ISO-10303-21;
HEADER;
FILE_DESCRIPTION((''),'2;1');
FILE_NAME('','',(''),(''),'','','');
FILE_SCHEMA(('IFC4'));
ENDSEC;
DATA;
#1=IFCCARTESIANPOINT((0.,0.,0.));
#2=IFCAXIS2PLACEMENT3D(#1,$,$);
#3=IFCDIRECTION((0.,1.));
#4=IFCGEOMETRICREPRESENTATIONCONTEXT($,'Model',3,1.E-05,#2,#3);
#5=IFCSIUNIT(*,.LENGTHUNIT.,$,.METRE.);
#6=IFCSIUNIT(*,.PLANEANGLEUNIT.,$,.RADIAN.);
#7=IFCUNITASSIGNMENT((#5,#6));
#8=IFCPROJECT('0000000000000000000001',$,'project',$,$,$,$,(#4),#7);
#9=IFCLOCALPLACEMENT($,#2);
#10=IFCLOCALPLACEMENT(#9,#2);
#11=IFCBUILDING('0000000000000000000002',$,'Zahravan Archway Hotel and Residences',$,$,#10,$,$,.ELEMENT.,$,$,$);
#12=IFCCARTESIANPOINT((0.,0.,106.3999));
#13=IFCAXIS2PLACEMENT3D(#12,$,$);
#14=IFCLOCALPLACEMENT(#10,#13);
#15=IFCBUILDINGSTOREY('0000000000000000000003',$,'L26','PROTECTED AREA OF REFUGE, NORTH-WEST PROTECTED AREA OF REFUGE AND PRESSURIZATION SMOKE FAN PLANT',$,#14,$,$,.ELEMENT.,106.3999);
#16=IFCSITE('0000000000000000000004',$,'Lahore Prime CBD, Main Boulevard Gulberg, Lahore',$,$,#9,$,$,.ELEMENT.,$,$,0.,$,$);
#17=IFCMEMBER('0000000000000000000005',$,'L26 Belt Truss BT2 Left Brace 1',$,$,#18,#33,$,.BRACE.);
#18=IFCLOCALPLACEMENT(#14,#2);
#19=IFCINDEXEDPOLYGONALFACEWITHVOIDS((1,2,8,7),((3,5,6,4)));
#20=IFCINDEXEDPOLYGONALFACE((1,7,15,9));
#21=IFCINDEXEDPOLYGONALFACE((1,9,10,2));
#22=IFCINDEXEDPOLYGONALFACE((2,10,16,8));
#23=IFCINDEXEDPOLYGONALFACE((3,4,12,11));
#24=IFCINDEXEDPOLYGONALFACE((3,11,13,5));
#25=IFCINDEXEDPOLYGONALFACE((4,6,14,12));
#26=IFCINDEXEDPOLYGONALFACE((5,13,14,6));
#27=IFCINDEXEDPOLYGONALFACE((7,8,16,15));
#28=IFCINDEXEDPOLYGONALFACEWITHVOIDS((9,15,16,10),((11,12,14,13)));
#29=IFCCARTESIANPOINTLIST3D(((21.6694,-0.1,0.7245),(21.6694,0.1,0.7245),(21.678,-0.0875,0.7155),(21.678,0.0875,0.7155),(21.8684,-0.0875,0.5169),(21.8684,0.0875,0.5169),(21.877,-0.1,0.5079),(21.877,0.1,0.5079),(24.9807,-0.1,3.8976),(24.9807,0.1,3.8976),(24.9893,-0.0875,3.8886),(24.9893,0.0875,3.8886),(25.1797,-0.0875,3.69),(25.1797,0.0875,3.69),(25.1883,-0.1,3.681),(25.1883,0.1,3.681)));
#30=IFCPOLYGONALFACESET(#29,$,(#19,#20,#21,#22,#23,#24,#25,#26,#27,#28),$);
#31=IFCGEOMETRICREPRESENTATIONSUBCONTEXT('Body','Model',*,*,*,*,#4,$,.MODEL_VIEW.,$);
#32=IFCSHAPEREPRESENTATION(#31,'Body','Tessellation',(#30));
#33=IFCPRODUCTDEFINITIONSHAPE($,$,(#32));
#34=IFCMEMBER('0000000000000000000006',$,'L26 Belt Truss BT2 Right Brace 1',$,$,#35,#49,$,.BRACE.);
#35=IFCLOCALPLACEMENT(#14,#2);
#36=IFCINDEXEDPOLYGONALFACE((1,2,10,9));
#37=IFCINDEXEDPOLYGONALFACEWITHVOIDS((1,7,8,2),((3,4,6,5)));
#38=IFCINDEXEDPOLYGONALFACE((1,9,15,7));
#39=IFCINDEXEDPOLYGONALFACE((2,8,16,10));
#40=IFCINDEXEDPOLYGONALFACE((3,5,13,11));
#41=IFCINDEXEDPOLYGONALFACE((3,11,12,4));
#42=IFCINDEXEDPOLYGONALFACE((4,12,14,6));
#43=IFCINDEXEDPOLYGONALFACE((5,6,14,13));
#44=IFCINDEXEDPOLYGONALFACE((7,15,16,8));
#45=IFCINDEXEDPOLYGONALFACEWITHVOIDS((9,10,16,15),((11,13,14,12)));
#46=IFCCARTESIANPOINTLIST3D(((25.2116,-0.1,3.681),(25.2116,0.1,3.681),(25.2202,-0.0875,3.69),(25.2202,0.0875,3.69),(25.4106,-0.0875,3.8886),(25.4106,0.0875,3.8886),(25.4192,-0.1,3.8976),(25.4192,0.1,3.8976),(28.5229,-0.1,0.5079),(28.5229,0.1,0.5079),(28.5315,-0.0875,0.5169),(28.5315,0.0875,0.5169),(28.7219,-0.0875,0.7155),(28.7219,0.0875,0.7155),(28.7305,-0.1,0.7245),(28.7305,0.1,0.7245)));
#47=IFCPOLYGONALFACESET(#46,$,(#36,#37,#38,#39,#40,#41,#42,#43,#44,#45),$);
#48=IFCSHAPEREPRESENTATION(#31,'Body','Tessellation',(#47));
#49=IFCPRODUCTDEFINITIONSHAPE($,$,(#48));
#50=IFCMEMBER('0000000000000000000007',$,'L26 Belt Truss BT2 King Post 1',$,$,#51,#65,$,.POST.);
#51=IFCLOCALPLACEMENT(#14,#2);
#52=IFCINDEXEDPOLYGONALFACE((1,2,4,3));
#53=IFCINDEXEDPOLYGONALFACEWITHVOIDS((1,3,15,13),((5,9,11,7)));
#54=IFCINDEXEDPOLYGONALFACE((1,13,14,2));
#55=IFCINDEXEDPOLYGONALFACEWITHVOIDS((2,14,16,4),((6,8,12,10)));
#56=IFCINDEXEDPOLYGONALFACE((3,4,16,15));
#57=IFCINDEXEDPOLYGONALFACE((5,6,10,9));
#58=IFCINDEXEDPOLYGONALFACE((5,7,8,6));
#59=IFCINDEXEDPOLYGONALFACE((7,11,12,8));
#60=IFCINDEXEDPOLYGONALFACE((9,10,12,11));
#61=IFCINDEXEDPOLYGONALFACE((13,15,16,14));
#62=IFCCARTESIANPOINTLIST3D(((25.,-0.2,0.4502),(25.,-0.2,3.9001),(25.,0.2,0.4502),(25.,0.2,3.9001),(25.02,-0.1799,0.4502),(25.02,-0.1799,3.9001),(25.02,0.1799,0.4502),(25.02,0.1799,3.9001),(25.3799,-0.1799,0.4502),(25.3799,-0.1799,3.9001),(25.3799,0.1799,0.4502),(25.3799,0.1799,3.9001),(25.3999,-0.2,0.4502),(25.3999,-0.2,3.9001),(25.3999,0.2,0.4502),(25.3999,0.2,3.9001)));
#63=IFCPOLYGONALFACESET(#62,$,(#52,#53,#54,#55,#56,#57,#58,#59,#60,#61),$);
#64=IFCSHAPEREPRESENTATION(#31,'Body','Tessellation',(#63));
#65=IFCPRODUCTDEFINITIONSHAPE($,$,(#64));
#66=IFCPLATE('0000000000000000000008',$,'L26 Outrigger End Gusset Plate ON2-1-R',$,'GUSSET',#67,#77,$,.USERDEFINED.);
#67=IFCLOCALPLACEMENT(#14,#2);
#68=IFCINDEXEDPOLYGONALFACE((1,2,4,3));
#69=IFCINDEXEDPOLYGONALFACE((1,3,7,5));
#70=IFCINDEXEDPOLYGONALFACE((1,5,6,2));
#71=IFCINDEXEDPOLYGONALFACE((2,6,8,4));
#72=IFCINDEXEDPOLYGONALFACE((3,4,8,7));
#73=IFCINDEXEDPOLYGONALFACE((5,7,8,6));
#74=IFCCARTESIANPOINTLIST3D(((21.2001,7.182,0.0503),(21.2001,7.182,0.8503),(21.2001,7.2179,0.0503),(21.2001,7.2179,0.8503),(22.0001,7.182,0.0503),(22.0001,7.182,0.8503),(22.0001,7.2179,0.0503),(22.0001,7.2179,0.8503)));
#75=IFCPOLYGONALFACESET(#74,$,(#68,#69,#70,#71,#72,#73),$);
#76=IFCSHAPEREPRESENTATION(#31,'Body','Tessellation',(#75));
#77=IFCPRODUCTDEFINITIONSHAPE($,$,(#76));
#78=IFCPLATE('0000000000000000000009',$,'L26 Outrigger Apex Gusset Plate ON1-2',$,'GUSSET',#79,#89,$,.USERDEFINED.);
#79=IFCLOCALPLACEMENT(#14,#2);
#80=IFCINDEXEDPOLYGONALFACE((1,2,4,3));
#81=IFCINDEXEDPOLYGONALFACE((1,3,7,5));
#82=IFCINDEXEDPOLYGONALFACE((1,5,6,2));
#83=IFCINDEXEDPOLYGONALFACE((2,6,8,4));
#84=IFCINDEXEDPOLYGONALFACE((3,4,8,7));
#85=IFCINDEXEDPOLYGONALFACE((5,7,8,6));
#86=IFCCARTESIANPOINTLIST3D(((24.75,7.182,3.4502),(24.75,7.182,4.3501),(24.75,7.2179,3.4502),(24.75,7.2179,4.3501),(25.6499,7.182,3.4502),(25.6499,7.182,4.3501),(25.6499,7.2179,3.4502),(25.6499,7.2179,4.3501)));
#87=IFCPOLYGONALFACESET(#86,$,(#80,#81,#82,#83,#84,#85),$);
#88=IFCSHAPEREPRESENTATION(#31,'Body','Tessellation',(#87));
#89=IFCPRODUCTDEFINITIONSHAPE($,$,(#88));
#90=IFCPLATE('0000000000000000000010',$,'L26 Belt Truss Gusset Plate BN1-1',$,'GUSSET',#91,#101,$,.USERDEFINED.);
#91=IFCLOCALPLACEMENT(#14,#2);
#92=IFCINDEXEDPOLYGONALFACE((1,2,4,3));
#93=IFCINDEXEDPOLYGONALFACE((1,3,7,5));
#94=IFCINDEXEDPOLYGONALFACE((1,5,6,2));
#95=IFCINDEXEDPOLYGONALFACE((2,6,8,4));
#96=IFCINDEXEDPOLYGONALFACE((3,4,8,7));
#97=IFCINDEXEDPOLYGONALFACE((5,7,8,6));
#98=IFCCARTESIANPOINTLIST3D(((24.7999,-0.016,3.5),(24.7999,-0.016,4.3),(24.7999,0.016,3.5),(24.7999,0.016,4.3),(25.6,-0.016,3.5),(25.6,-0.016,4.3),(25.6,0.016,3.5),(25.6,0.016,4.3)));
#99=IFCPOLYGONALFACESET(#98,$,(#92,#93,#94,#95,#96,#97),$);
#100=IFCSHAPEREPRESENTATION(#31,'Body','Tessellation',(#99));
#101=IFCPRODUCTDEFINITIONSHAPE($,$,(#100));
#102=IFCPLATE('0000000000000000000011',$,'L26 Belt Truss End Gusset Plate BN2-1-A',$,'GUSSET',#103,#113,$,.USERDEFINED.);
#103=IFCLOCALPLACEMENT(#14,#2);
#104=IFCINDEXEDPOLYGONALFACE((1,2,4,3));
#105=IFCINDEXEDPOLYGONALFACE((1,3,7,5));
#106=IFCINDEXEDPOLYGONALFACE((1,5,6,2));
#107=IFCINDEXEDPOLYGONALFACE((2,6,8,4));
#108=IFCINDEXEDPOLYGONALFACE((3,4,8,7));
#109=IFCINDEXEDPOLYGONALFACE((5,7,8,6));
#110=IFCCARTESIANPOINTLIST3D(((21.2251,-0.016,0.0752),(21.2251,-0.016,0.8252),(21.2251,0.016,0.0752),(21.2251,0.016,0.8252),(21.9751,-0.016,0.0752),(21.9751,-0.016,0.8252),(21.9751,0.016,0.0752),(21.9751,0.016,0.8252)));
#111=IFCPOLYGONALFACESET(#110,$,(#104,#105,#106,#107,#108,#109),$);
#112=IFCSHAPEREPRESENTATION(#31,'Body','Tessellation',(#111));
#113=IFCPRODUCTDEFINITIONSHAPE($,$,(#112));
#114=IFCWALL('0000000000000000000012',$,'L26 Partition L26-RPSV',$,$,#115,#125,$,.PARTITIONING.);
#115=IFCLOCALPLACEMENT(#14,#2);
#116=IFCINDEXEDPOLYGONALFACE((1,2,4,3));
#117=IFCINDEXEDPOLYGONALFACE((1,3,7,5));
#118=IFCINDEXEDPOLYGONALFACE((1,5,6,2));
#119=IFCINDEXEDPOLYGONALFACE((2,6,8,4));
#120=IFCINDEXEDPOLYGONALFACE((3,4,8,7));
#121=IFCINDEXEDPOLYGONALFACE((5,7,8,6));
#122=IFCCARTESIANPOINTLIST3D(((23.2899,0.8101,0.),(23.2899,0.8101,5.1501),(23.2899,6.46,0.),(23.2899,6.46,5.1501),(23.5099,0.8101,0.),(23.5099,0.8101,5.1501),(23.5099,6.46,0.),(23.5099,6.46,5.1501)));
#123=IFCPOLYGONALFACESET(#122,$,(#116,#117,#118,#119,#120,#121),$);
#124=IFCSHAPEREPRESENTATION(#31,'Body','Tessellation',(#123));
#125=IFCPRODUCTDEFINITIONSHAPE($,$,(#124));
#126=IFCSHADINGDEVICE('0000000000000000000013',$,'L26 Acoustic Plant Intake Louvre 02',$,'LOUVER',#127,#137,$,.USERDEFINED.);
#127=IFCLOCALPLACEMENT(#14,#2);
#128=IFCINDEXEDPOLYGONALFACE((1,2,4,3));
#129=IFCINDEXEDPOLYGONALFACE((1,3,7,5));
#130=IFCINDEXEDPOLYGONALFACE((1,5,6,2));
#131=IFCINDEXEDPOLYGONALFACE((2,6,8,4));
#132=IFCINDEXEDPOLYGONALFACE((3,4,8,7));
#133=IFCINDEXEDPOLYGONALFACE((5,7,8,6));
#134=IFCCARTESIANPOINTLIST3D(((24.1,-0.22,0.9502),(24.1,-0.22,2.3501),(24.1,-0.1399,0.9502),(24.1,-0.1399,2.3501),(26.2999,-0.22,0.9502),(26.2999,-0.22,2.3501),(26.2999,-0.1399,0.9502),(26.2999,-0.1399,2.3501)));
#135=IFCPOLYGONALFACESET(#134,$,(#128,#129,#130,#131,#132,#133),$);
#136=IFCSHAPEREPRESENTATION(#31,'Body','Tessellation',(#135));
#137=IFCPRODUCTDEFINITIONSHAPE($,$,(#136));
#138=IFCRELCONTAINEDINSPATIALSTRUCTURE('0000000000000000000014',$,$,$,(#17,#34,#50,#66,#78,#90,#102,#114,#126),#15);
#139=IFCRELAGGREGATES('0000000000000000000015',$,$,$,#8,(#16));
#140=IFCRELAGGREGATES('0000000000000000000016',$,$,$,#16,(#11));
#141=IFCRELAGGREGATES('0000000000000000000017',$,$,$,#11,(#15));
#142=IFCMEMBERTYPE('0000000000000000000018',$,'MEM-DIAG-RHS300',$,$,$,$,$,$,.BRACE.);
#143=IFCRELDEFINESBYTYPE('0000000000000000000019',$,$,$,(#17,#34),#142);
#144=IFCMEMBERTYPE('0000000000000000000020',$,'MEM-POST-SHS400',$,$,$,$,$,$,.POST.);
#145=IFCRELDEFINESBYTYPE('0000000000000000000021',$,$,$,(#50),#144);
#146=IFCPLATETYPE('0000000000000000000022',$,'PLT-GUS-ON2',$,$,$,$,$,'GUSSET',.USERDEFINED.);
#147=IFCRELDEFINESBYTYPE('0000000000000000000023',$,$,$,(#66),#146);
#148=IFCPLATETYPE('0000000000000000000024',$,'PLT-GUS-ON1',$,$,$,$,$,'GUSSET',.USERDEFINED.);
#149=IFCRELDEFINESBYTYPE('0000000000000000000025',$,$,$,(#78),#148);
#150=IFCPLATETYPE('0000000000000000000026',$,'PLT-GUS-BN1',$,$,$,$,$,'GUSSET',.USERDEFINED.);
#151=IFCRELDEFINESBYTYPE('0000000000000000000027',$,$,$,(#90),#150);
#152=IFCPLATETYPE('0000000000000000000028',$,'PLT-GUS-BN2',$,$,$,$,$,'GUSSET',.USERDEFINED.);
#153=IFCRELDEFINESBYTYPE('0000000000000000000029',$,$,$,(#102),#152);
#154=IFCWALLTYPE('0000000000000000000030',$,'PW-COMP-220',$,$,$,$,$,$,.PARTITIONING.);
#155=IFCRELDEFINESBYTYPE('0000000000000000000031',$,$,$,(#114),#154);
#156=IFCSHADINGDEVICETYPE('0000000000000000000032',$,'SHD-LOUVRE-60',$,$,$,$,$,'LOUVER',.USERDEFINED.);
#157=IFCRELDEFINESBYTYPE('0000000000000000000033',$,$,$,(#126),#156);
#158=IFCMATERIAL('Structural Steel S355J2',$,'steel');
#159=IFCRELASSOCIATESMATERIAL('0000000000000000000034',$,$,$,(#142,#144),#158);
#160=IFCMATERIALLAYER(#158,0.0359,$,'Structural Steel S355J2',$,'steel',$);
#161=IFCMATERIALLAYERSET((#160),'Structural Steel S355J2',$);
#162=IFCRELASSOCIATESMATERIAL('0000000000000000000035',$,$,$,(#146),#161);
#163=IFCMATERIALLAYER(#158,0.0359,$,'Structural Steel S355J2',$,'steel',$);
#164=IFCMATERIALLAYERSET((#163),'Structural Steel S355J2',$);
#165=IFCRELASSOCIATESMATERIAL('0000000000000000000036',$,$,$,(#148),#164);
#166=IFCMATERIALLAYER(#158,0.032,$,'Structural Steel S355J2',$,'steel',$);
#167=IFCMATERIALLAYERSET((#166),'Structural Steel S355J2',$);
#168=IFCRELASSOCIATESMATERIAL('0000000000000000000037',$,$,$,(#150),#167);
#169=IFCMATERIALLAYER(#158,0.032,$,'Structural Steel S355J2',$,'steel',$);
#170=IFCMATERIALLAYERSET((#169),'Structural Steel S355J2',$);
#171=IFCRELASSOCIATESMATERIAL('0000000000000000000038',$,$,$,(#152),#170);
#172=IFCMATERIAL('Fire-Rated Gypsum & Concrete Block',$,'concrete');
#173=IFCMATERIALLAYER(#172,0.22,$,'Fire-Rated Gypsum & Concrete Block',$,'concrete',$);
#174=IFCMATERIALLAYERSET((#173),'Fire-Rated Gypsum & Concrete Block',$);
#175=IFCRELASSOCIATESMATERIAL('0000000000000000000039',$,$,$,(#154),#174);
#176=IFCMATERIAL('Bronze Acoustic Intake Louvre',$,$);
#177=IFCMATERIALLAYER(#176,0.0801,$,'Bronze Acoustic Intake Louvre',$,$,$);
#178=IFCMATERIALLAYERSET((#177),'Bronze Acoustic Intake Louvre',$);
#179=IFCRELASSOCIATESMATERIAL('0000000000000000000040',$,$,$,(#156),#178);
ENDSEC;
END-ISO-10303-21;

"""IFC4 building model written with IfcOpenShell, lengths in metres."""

from ifc_helpers import new_model, si_unit, direction, frame, frame_2d, origin, origin_2d, place, context, subcontext, project, spatial, rectangle, hollow_rectangle, extrude, source, transform, mapped, material, layer, layer_set, material_profile, profile_set, type_object, type_shapes, element, save


model = new_model("IFC4")

# Units and contexts
model_context = context("Model", 3, precision=1e-05, world=origin(), true_north=direction((0.0, 1.0)))
body_context = subcontext(model_context, "Body", "Model", "MODEL_VIEW")
ifc_project = project(units=[si_unit("LENGTHUNIT", "METRE"), si_unit("PLANEANGLEUNIT", "RADIAN")], contexts=[model_context])

# Site, building, storey
site_placement = place(None, origin())
site = spatial("IfcSite", under=ifc_project, at=site_placement, Name="Lahore Prime CBD, Main Boulevard Gulberg, Lahore", CompositionType="ELEMENT", RefElevation=0.0)
building_placement = place(site_placement, origin())
building = spatial("IfcBuilding", under=site, at=building_placement, Name="Zahravan Archway Hotel and Residences", CompositionType="ELEMENT")
storey_placement = place(building_placement, frame((0.0, 0.0, 106.3999)))
storey = spatial("IfcBuildingStorey", under=building, at=storey_placement, Name="L26", Description="PROTECTED AREA OF REFUGE, NORTH-WEST PROTECTED AREA OF REFUGE AND PRESSURIZATION SMOKE FAN PLANT", CompositionType="ELEMENT", Elevation=106.3999)

# Members
ifc_material_1 = material(Name="Structural Steel S355J2", Category="steel")
ifc_material_profile_1 = material_profile(ifc_material_1, hollow_rectangle(XDim=0.2, YDim=0.3, WallThickness=0.0125, at=origin_2d()), Name="RHS 300x200x12.5", Category="steel")
ifc_profile_set_1 = profile_set([ifc_material_profile_1], Name="Structural Steel S355J2")
member_type_1 = type_object("IfcMemberType", Name="MEM-DIAG-RHS300", PredefinedType="BRACE", material=ifc_profile_set_1)
shared_shape_1 = source(origin(), body_context, "Body", "SweptSolid", [
    extrude(hollow_rectangle(XDim=0.2, YDim=0.3, WallThickness=0.0125, at=origin_2d()), origin(), (0.0, 0.0, 1.0), 4.5862),
])
type_shapes(member_type_1, [shared_shape_1])
for number, where, z_axis, x_axis, name in (
    (1, (21.7732, 0.0, 0.6162), (0.722011, 0.0, 0.691881), (0.0, 1.0, 0.0), "L26 Belt Truss BT2 Left Brace 1"),
    (2, (25.3154, 0.0, 3.7893), (0.722011, 0.0, -0.691881), (0.0, 1.0, 0.0), "L26 Belt Truss BT2 Right Brace 1"),
):
    element("IfcMember", number, at=place(storey_placement, frame(where, z_axis=z_axis, x_axis=x_axis)), inside=storey, type_object=member_type_1, Name=name, PredefinedType="BRACE", context=body_context, shape_type="MappedRepresentation", body=[
        mapped(shared_shape_1, transform((0.0, 0.0, 0.0), scale=1.0)),
    ])
ifc_material_profile_2 = material_profile(ifc_material_1, hollow_rectangle(XDim=0.3999, YDim=0.3999, WallThickness=0.02, at=origin_2d()), Name="SHS 400x400x20", Category="steel")
ifc_profile_set_2 = profile_set([ifc_material_profile_2], Name="Structural Steel S355J2")
member_type_2 = type_object("IfcMemberType", Name="MEM-POST-SHS400", PredefinedType="POST", material=ifc_profile_set_2)
shared_shape_2 = source(origin(), body_context, "Body", "SweptSolid", [
    extrude(hollow_rectangle(XDim=0.3999, YDim=0.3999, WallThickness=0.02, at=origin_2d()), origin(), (0.0, 0.0, 1.0), 3.45),
])
type_shapes(member_type_2, [shared_shape_2])
member_1_placement = place(storey_placement, frame((25.2, 0.0, 0.4502), z_axis=(0.0, 0.0, 1.0), x_axis=(1.0, 0.0, 0.0)))
element("IfcMember", 3, at=member_1_placement, inside=storey, type_object=member_type_2, Name="L26 Belt Truss BT2 King Post 1", PredefinedType="POST", context=body_context, shape_type="MappedRepresentation", body=[
    mapped(shared_shape_2, transform((0.0, 0.0, 0.0), scale=1.0)),
])

# Plates
ifc_layer_1 = layer(ifc_material_1, 0.0359, Name="Structural Steel S355J2", Category="steel")
ifc_layer_set_1 = layer_set([ifc_layer_1], Name="Structural Steel S355J2")
plate_type_1 = type_object("IfcPlateType", Name="PLT-GUS-ON2", ElementType="GUSSET", PredefinedType="USERDEFINED", material=ifc_layer_set_1)
shared_shape_3 = source(origin(), body_context, "Body", "SweptSolid", [
    extrude(rectangle(XDim=0.8, YDim=0.0359, at=origin_2d()), origin(), (0.0, 0.0, 1.0), 0.8),
])
type_shapes(plate_type_1, [shared_shape_3])
plate_1_placement = place(storey_placement, frame((21.6001, 7.2, 0.0503), z_axis=(0.0, 0.0, 1.0), x_axis=(1.0, 0.0, 0.0)))
element("IfcPlate", 4, at=plate_1_placement, inside=storey, type_object=plate_type_1, Name="L26 Outrigger End Gusset Plate ON2-1-R", ObjectType="GUSSET", PredefinedType="USERDEFINED", context=body_context, shape_type="MappedRepresentation", body=[
    mapped(shared_shape_3, transform((0.0, 0.0, 0.0), scale=1.0)),
])
ifc_layer_2 = layer(ifc_material_1, 0.0359, Name="Structural Steel S355J2", Category="steel")
ifc_layer_set_2 = layer_set([ifc_layer_2], Name="Structural Steel S355J2")
plate_type_2 = type_object("IfcPlateType", Name="PLT-GUS-ON1", ElementType="GUSSET", PredefinedType="USERDEFINED", material=ifc_layer_set_2)
shared_shape_4 = source(origin(), body_context, "Body", "SweptSolid", [
    extrude(rectangle(XDim=0.8999, YDim=0.0359, at=origin_2d()), origin(), (0.0, 0.0, 1.0), 0.8999),
])
type_shapes(plate_type_2, [shared_shape_4])
plate_2_placement = place(storey_placement, frame((25.2, 7.2, 3.4502), z_axis=(0.0, 0.0, 1.0), x_axis=(1.0, 0.0, 0.0)))
element("IfcPlate", 5, at=plate_2_placement, inside=storey, type_object=plate_type_2, Name="L26 Outrigger Apex Gusset Plate ON1-2", ObjectType="GUSSET", PredefinedType="USERDEFINED", context=body_context, shape_type="MappedRepresentation", body=[
    mapped(shared_shape_4, transform((0.0, 0.0, 0.0), scale=1.0)),
])
ifc_layer_3 = layer(ifc_material_1, 0.032, Name="Structural Steel S355J2", Category="steel")
ifc_layer_set_3 = layer_set([ifc_layer_3], Name="Structural Steel S355J2")
plate_type_3 = type_object("IfcPlateType", Name="PLT-GUS-BN1", ElementType="GUSSET", PredefinedType="USERDEFINED", material=ifc_layer_set_3)
shared_shape_5 = source(origin(), body_context, "Body", "SweptSolid", [
    extrude(rectangle(XDim=0.8, YDim=0.032, at=origin_2d()), origin(), (0.0, 0.0, 1.0), 0.8),
])
type_shapes(plate_type_3, [shared_shape_5])
plate_3_placement = place(storey_placement, frame((25.2, 0.0, 3.5), z_axis=(0.0, 0.0, 1.0), x_axis=(1.0, 0.0, 0.0)))
element("IfcPlate", 6, at=plate_3_placement, inside=storey, type_object=plate_type_3, Name="L26 Belt Truss Gusset Plate BN1-1", ObjectType="GUSSET", PredefinedType="USERDEFINED", context=body_context, shape_type="MappedRepresentation", body=[
    mapped(shared_shape_5, transform((0.0, 0.0, 0.0), scale=1.0)),
])
ifc_layer_4 = layer(ifc_material_1, 0.032, Name="Structural Steel S355J2", Category="steel")
ifc_layer_set_4 = layer_set([ifc_layer_4], Name="Structural Steel S355J2")
plate_type_4 = type_object("IfcPlateType", Name="PLT-GUS-BN2", ElementType="GUSSET", PredefinedType="USERDEFINED", material=ifc_layer_set_4)
shared_shape_6 = source(origin(), body_context, "Body", "SweptSolid", [
    extrude(rectangle(XDim=0.75, YDim=0.032, at=origin_2d()), origin(), (0.0, 0.0, 1.0), 0.75),
])
type_shapes(plate_type_4, [shared_shape_6])
plate_4_placement = place(storey_placement, frame((21.6001, 0.0, 0.0752), z_axis=(0.0, 0.0, 1.0), x_axis=(1.0, 0.0, 0.0)))
element("IfcPlate", 7, at=plate_4_placement, inside=storey, type_object=plate_type_4, Name="L26 Belt Truss End Gusset Plate BN2-1-A", ObjectType="GUSSET", PredefinedType="USERDEFINED", context=body_context, shape_type="MappedRepresentation", body=[
    mapped(shared_shape_6, transform((0.0, 0.0, 0.0), scale=1.0)),
])

# Wall
ifc_material_2 = material(Name="Fire-Rated Gypsum & Concrete Block", Category="concrete")
ifc_layer_5 = layer(ifc_material_2, 0.22, Name="Fire-Rated Gypsum & Concrete Block", Category="concrete")
ifc_layer_set_5 = layer_set([ifc_layer_5], Name="Fire-Rated Gypsum & Concrete Block")
wall_type = type_object("IfcWallType", Name="PW-COMP-220", PredefinedType="PARTITIONING", material=ifc_layer_set_5)
wall_placement = place(storey_placement, frame((23.3999, 0.8101, 0.0), z_axis=(0.0, 0.0, 1.0), x_axis=(0.0, 1.0, 0.0)))
element("IfcWall", 8, at=wall_placement, inside=storey, type_object=wall_type, Name="L26 Partition L26-RPSV", PredefinedType="PARTITIONING", context=body_context, shape_type="SweptSolid", body=[
    extrude(rectangle(XDim=5.6499, YDim=0.22, at=frame_2d((2.825, 0.0))), origin(), (0.0, 0.0, 1.0), 5.1501),
])

# Shading device
ifc_material_3 = material(Name="Bronze Acoustic Intake Louvre")
ifc_layer_6 = layer(ifc_material_3, 0.0801, Name="Bronze Acoustic Intake Louvre")
ifc_layer_set_6 = layer_set([ifc_layer_6], Name="Bronze Acoustic Intake Louvre")
shading_device_type = type_object("IfcShadingDeviceType", Name="SHD-LOUVRE-60", ElementType="LOUVER", PredefinedType="USERDEFINED", material=ifc_layer_set_6)
shared_shape_7 = source(origin(), body_context, "Body", "SweptSolid", [
    extrude(rectangle(XDim=2.2, YDim=0.0801, at=origin_2d()), origin(), (0.0, 0.0, 1.0), 1.3999),
])
type_shapes(shading_device_type, [shared_shape_7])
shading_device_placement = place(storey_placement, frame((25.2, -0.1799, 0.9502), z_axis=(0.0, 0.0, 1.0), x_axis=(1.0, 0.0, 0.0)))
element("IfcShadingDevice", 9, at=shading_device_placement, inside=storey, type_object=shading_device_type, Name="L26 Acoustic Plant Intake Louvre 02", ObjectType="LOUVER", PredefinedType="USERDEFINED", context=body_context, shape_type="MappedRepresentation", body=[
    mapped(shared_shape_7, transform((0.0, 0.0, 0.0), scale=1.0)),
])

save(model, "model.ifc")
